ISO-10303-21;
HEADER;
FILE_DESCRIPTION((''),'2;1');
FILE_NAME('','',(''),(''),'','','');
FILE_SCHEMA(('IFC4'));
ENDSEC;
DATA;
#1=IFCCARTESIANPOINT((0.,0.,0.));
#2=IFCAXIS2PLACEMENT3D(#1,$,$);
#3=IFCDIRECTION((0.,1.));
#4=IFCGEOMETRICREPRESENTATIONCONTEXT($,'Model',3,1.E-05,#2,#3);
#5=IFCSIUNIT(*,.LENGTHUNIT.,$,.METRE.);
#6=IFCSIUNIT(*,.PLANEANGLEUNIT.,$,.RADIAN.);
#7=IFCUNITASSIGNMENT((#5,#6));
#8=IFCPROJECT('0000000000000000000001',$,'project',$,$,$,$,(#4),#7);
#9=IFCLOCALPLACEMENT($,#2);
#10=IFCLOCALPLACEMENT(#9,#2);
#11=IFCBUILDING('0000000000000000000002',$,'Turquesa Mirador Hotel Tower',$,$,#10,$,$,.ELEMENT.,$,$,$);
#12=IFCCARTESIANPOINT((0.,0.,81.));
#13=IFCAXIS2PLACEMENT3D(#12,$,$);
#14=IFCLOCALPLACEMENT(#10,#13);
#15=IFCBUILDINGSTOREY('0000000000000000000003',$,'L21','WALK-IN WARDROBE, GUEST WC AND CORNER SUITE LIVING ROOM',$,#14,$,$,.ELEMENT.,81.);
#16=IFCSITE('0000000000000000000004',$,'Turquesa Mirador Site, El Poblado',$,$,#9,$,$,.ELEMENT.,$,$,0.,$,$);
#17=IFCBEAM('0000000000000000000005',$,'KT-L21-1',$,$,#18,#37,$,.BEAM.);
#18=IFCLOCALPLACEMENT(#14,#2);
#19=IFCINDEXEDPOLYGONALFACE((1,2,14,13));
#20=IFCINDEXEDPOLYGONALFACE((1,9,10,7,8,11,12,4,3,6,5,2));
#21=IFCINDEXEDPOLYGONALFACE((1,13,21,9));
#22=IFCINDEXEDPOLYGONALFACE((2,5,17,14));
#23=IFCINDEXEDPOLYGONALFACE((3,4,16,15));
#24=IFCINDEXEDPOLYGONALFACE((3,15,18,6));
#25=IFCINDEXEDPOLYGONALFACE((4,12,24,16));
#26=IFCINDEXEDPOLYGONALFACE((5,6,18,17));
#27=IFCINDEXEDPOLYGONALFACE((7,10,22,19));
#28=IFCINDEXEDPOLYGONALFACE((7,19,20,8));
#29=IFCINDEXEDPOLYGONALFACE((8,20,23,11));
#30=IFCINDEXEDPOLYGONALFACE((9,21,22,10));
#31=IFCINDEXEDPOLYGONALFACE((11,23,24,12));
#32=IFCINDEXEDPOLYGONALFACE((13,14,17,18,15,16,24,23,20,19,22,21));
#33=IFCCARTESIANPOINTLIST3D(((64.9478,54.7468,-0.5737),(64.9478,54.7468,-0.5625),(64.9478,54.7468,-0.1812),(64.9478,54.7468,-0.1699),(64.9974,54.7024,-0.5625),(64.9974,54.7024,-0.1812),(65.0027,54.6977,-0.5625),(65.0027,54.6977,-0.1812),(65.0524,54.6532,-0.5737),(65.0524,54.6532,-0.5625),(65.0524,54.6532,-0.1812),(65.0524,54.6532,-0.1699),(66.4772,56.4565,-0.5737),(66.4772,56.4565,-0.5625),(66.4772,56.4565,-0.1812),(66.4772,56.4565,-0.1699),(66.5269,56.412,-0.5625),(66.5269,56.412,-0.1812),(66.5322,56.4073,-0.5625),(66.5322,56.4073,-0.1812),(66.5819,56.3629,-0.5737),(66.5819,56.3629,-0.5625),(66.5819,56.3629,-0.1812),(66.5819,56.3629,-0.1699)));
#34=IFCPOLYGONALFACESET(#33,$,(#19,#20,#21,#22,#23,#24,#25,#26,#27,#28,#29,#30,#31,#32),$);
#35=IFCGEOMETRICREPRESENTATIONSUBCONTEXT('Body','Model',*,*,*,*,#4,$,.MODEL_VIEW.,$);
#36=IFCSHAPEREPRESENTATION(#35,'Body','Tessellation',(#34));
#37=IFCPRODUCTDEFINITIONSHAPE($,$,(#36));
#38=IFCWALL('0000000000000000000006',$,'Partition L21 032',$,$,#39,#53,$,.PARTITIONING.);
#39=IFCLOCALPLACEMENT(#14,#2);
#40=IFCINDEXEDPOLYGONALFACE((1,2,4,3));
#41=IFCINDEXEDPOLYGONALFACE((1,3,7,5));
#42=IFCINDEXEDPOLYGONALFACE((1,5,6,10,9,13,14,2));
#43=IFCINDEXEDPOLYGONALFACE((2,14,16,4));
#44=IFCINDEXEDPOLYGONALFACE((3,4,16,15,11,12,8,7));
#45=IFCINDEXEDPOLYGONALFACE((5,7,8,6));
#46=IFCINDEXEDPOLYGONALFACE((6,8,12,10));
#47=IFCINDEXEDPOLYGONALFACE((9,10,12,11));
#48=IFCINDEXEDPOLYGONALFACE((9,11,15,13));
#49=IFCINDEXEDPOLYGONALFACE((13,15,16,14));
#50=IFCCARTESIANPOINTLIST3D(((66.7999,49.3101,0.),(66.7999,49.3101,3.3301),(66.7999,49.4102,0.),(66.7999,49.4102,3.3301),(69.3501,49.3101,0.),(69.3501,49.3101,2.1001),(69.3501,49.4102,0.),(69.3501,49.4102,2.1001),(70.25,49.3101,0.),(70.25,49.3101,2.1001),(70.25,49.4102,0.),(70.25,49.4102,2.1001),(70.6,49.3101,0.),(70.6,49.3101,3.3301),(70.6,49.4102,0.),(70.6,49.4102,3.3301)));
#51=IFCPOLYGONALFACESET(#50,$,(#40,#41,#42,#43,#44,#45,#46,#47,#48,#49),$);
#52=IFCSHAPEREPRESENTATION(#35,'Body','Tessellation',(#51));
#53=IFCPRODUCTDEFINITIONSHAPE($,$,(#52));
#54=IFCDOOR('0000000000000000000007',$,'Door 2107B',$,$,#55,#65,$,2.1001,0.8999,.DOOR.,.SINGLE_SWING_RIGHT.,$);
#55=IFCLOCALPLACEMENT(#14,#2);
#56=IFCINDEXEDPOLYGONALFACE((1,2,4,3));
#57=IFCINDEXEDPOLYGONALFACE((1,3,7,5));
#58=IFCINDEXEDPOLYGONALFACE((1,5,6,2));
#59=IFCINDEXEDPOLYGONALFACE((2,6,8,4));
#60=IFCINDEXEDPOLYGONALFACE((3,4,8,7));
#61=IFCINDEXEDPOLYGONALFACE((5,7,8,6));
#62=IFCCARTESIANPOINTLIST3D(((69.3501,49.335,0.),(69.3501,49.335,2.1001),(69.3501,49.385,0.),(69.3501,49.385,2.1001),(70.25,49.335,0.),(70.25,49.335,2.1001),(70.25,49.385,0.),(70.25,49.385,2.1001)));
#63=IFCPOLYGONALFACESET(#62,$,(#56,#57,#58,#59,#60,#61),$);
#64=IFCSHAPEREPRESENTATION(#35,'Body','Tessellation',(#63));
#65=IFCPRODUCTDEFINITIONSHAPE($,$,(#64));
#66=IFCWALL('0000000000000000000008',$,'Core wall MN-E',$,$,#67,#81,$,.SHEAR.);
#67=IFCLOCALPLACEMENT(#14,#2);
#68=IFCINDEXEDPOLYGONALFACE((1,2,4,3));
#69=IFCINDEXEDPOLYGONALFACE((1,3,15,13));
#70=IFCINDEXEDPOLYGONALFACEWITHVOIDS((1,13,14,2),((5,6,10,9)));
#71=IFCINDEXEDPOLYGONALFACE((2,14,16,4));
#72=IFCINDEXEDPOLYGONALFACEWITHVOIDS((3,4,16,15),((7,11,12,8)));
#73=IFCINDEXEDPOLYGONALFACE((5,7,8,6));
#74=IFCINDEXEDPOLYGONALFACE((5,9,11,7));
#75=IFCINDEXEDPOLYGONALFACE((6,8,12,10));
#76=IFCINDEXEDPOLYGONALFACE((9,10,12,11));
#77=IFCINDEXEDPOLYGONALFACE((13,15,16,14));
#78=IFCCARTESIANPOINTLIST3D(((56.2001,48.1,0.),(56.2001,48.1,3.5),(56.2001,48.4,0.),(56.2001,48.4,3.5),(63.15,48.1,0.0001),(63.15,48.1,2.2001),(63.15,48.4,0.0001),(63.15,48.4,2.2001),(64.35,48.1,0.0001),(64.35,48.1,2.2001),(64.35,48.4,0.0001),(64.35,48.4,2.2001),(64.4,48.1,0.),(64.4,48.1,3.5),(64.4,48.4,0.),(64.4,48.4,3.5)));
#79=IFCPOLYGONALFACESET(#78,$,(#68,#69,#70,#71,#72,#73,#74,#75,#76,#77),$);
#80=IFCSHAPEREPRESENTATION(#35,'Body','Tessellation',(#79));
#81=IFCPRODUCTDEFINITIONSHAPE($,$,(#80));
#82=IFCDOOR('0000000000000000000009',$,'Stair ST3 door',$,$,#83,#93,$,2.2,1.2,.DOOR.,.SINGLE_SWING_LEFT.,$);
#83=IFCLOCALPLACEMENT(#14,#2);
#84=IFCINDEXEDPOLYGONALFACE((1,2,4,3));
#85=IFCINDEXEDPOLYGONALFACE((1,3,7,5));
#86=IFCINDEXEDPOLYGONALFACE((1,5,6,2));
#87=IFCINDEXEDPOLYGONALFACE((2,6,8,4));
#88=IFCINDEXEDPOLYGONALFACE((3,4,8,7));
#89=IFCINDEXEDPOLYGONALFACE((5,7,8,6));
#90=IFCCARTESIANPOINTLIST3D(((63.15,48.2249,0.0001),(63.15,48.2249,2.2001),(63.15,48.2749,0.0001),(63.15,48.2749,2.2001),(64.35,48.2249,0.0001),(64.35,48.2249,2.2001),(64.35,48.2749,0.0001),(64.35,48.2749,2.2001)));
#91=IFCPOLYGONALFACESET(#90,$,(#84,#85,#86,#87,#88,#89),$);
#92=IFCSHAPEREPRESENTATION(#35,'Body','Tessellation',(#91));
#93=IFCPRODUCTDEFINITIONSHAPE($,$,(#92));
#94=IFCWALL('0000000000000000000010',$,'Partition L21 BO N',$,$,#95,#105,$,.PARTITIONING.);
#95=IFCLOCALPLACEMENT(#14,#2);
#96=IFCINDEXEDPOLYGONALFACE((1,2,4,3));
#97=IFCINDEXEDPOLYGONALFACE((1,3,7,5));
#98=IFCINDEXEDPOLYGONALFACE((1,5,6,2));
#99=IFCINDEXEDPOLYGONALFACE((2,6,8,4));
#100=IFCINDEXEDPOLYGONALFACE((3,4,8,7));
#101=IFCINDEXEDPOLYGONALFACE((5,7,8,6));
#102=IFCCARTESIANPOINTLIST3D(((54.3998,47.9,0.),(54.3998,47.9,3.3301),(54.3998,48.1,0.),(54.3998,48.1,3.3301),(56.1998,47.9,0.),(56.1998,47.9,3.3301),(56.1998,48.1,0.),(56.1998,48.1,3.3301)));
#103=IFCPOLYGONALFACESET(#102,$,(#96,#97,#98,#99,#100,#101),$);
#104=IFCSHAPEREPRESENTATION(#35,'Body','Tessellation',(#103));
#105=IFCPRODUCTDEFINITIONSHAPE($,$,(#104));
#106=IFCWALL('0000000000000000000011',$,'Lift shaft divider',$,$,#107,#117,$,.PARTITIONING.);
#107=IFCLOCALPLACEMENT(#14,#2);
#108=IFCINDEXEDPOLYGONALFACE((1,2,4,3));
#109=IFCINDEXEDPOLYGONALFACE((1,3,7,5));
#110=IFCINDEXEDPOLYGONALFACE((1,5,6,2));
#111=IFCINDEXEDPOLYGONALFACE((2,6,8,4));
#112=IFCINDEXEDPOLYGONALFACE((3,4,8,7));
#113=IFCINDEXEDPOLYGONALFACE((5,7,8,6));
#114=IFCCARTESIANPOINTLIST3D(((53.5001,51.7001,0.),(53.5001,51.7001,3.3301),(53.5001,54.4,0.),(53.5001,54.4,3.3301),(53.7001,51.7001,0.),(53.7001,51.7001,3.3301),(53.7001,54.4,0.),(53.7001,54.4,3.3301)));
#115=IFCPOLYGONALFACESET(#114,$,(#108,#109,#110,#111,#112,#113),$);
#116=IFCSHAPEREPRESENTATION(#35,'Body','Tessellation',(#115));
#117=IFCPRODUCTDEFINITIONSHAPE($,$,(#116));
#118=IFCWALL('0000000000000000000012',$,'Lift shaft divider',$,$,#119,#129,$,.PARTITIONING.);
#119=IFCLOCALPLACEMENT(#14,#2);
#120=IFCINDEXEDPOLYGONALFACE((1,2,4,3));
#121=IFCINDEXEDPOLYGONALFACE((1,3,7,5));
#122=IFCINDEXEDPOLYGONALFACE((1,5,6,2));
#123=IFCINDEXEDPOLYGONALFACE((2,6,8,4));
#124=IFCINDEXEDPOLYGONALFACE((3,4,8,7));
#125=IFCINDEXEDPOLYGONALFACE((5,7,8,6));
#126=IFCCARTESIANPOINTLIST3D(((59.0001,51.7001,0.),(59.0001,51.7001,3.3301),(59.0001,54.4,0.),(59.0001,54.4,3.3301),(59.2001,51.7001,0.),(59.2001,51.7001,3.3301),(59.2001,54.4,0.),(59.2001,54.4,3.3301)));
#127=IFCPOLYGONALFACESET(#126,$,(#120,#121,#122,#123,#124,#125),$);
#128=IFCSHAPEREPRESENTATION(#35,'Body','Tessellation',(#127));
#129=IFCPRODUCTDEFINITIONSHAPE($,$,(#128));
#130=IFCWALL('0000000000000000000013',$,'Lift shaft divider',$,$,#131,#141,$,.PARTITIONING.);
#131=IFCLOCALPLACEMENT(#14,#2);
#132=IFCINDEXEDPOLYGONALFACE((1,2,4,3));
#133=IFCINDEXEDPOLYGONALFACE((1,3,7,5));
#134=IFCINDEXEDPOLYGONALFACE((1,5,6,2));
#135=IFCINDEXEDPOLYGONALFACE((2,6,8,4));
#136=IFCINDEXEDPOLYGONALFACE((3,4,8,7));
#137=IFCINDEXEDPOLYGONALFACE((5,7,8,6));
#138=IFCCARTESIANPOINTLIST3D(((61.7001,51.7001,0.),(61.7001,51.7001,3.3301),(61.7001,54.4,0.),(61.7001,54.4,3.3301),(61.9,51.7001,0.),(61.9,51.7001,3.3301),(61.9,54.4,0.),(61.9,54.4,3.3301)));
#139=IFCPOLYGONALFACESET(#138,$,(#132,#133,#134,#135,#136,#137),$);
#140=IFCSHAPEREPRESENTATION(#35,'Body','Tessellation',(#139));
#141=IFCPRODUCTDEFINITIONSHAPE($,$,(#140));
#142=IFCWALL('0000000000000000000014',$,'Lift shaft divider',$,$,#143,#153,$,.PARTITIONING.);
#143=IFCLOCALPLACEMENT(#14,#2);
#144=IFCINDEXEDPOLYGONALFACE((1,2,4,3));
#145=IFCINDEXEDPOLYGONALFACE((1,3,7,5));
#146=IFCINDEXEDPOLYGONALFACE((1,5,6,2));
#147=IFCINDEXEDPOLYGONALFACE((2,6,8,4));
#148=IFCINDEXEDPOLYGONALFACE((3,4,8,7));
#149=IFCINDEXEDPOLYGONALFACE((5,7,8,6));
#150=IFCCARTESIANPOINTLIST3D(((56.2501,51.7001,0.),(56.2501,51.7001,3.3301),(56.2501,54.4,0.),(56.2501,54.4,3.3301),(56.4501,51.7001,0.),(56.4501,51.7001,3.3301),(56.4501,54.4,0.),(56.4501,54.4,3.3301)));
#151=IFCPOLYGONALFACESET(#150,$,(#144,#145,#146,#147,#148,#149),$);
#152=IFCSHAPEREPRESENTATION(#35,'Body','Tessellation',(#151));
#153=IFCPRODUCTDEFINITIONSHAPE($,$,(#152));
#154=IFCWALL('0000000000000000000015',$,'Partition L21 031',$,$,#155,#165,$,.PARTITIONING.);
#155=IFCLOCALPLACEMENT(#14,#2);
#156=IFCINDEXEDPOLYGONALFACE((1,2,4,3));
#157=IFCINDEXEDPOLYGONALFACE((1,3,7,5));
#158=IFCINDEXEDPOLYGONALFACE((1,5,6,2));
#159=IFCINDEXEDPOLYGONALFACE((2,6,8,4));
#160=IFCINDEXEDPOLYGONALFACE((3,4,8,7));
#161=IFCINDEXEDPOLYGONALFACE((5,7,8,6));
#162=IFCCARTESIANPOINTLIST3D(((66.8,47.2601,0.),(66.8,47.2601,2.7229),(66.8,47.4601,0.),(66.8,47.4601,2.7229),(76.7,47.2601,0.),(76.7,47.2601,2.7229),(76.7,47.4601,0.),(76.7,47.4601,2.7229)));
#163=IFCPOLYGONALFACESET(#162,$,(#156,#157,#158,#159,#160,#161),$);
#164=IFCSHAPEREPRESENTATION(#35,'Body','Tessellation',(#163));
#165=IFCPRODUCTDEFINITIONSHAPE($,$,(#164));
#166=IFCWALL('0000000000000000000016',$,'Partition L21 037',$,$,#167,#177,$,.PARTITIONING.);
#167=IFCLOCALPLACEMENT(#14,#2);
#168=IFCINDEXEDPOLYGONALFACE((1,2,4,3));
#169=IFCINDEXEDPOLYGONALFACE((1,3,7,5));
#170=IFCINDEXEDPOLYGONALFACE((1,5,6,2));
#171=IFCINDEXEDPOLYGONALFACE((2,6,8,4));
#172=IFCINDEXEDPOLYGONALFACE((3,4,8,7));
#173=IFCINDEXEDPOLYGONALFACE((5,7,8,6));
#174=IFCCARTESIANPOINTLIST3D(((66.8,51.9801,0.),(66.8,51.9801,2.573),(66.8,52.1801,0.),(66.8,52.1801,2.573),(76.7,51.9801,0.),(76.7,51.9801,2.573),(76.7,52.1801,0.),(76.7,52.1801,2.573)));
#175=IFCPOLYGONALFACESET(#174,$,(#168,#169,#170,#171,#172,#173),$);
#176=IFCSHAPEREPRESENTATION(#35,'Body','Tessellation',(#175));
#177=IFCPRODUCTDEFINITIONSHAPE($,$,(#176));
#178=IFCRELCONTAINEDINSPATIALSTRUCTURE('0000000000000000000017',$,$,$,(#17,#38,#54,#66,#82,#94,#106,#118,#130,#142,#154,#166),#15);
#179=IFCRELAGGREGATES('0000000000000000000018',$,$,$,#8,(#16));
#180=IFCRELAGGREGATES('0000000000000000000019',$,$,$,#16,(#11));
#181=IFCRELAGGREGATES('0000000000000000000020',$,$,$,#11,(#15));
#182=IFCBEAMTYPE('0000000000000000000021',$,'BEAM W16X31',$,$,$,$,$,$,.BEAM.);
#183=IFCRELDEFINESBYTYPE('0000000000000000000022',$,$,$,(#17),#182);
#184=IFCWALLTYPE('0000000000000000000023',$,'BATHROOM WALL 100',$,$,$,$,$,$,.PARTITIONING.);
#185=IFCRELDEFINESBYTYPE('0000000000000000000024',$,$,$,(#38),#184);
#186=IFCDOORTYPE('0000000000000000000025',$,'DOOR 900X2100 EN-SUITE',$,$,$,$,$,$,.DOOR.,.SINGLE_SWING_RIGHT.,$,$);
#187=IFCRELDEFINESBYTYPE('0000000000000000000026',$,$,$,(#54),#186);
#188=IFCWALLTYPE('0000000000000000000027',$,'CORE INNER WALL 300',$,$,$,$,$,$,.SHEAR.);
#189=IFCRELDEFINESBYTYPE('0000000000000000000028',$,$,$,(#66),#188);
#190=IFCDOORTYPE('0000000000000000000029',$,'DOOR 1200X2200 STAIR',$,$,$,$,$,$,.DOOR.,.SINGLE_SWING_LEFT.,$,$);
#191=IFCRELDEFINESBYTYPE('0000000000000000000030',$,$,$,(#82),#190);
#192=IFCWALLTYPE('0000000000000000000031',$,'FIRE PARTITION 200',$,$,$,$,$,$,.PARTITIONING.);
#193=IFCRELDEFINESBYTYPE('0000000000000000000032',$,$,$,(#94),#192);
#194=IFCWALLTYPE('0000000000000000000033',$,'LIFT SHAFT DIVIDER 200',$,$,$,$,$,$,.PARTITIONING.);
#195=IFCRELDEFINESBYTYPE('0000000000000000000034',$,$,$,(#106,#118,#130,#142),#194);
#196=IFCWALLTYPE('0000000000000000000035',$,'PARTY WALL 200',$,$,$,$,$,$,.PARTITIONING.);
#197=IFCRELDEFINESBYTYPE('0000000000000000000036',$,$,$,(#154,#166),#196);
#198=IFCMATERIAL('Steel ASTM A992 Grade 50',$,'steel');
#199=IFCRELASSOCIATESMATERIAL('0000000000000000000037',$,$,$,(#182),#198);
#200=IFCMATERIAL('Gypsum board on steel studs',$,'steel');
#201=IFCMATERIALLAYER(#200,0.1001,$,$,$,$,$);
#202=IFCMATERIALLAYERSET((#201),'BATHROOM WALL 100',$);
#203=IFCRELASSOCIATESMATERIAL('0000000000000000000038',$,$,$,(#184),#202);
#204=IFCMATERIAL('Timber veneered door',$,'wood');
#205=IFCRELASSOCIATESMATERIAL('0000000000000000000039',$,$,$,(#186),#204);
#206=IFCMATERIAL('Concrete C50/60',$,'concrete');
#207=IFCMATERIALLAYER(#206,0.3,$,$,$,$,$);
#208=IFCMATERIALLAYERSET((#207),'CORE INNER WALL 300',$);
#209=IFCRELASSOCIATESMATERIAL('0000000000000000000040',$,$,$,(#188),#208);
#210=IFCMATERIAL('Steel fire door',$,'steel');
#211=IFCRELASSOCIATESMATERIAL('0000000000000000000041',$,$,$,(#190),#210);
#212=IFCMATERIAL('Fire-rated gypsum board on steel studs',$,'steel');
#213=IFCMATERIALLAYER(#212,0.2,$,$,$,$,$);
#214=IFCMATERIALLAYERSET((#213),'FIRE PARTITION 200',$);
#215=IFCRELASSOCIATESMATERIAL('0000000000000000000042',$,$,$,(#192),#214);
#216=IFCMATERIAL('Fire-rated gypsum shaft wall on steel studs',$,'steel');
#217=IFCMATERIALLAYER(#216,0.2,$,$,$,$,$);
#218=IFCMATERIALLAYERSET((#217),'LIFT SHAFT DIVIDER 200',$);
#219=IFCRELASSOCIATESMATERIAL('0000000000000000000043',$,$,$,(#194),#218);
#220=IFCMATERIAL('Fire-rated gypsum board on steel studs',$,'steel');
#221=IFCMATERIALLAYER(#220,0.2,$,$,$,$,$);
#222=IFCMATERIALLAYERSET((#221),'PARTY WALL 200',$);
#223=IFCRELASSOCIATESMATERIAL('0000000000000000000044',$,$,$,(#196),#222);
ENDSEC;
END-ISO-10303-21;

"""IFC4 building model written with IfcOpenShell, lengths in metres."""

from ifc_helpers import new_model, si_unit, direction, frame, frame_2d, origin, origin_2d, place, context, subcontext, project, spatial, rectangle, i_section, extrude, material, layer, layer_set, material_profile, profile_set, type_object, element, fill, save


model = new_model("IFC4")

# Units and contexts
model_context = context("Model", 3, precision=1e-05, world=origin(), true_north=direction((0.0, 1.0)))
body_context = subcontext(model_context, "Body", "Model", "MODEL_VIEW")
ifc_project = project(units=[si_unit("LENGTHUNIT", "METRE"), si_unit("PLANEANGLEUNIT", "RADIAN")], contexts=[model_context])

# Site, building, storey
site_placement = place(None, origin())
site = spatial("IfcSite", under=ifc_project, at=site_placement, Name="Turquesa Mirador Site, El Poblado", CompositionType="ELEMENT", RefElevation=0.0)
building_placement = place(site_placement, origin())
building = spatial("IfcBuilding", under=site, at=building_placement, Name="Turquesa Mirador Hotel Tower", CompositionType="ELEMENT")
storey_placement = place(building_placement, frame((0.0, 0.0, 81.0)))
storey = spatial("IfcBuildingStorey", under=building, at=storey_placement, Name="L21", Description="WALK-IN WARDROBE, GUEST WC AND CORNER SUITE LIVING ROOM", CompositionType="ELEMENT", Elevation=81.0)

# Beam
ifc_material_1 = material(Name="Steel ASTM A992 Grade 50", Category="steel")
ifc_material_profile = material_profile(ifc_material_1, i_section(OverallWidth=0.1404, OverallDepth=0.4038, WebThickness=0.0071, FlangeThickness=0.0112, at=origin_2d()), Name="W16X31")
ifc_profile_set = profile_set([ifc_material_profile], Name="Steel ASTM A992 Grade 50")
beam_type = type_object("IfcBeamType", Name="BEAM W16X31", PredefinedType="BEAM", material=ifc_profile_set)
beam_placement = place(storey_placement, frame((66.5295, 56.4097, -0.3718), z_axis=(-0.666745, -0.745286, 0.0), x_axis=(0.745286, -0.666745, 0.0)))
element("IfcBeam", 1, at=beam_placement, inside=storey, type_object=beam_type, Name="KT-L21-1", PredefinedType="BEAM", context=body_context, shape_type="SweptSolid", body=[
    extrude(i_section(OverallWidth=0.1404, OverallDepth=0.4038, WebThickness=0.0071, FlangeThickness=0.0112, at=origin_2d()), origin(), (0.0, 0.0, 1.0), 2.2939),
])

# Walls, openings, doors
ifc_material_2 = material(Name="Gypsum board on steel studs", Category="steel")
ifc_layer_1 = layer(ifc_material_2, 0.1001)
ifc_layer_set_1 = layer_set([ifc_layer_1], Name="BATHROOM WALL 100")
wall_type_1 = type_object("IfcWallType", Name="BATHROOM WALL 100", PredefinedType="PARTITIONING", material=ifc_layer_set_1)
wall_1_placement = place(storey_placement, frame((66.8, 49.3601, 0.0), z_axis=(0.0, 0.0, 1.0), x_axis=(1.0, 0.0, 0.0)))
wall_1 = element("IfcWall", 2, at=wall_1_placement, inside=storey, type_object=wall_type_1, Name="Partition L21 032", PredefinedType="PARTITIONING", context=body_context, shape_type="SweptSolid", body=[
    extrude(rectangle(XDim=3.8, YDim=0.1001, at=frame_2d((1.8999, 0.0))), origin(), (0.0, 0.0, 1.0), 3.3301),
])
opening_1_placement = place(wall_1_placement, frame((2.55, 0.0, 0.0)))
opening_1 = element("IfcOpeningElement", 3, at=opening_1_placement, cuts=wall_1, PredefinedType="OPENING", context=body_context, shape_type="SweptSolid", body=[
    extrude(rectangle(XDim=0.8999, YDim=2.1001, at=frame_2d((0.45, 1.05))), frame((0.0, 0.0601, 0.0), z_axis=(0.0, -1.0, 0.0), x_axis=(1.0, 0.0, 0.0)), (0.0, 0.0, 1.0), 0.1201),
])
ifc_material_3 = material(Name="Timber veneered door", Category="wood")
door_type_1 = type_object("IfcDoorType", Name="DOOR 900X2100 EN-SUITE", OperationType="SINGLE_SWING_RIGHT", PredefinedType="DOOR", material=ifc_material_3)
door_1_placement = place(opening_1_placement, origin())
door_1 = element("IfcDoor", 4, at=door_1_placement, inside=storey, type_object=door_type_1, Name="Door 2107B", OperationType="SINGLE_SWING_RIGHT", OverallHeight=2.1001, OverallWidth=0.8999, PredefinedType="DOOR", context=body_context, shape_type="SweptSolid", body=[
    extrude(rectangle(XDim=0.8999, YDim=2.1001, at=frame_2d((0.45, 1.05))), frame((0.0, 0.0249, 0.0), z_axis=(0.0, -1.0, 0.0), x_axis=(1.0, 0.0, 0.0)), (0.0, 0.0, 1.0), 0.05),
])
fill(opening_1, door_1)
ifc_material_4 = material(Name="Concrete C50/60", Category="concrete")
ifc_layer_2 = layer(ifc_material_4, 0.3)
ifc_layer_set_2 = layer_set([ifc_layer_2], Name="CORE INNER WALL 300")
wall_type_2 = type_object("IfcWallType", Name="CORE INNER WALL 300", PredefinedType="SHEAR", material=ifc_layer_set_2)
wall_2_placement = place(storey_placement, frame((56.2, 48.25, 0.0), z_axis=(0.0, 0.0, 1.0), x_axis=(1.0, 0.0, 0.0)))
wall_2 = element("IfcWall", 5, at=wall_2_placement, inside=storey, type_object=wall_type_2, Name="Core wall MN-E", PredefinedType="SHEAR", context=body_context, shape_type="SweptSolid", body=[
    extrude(rectangle(XDim=8.2, YDim=0.3, at=frame_2d((4.1001, 0.0))), origin(), (0.0, 0.0, 1.0), 3.5),
])
opening_2_placement = place(wall_2_placement, frame((6.95, 0.0, 0.0)))
opening_2 = element("IfcOpeningElement", 6, at=opening_2_placement, cuts=wall_2, PredefinedType="OPENING", context=body_context, shape_type="SweptSolid", body=[
    extrude(rectangle(XDim=1.2, YDim=2.2, at=frame_2d((0.6001, 1.1001))), frame((0.0, 0.1599, 0.0), z_axis=(0.0, -1.0, 0.0), x_axis=(1.0, 0.0, 0.0)), (0.0, 0.0, 1.0), 0.3201),
])
ifc_material_5 = material(Name="Steel fire door", Category="steel")
door_type_2 = type_object("IfcDoorType", Name="DOOR 1200X2200 STAIR", OperationType="SINGLE_SWING_LEFT", PredefinedType="DOOR", material=ifc_material_5)
door_2_placement = place(opening_2_placement, origin())
door_2 = element("IfcDoor", 7, at=door_2_placement, inside=storey, type_object=door_type_2, Name="Stair ST3 door", OperationType="SINGLE_SWING_LEFT", OverallHeight=2.2, OverallWidth=1.2, PredefinedType="DOOR", context=body_context, shape_type="SweptSolid", body=[
    extrude(rectangle(XDim=1.2, YDim=2.2, at=frame_2d((0.6001, 1.1001))), frame((0.0, 0.0249, 0.0), z_axis=(0.0, -1.0, 0.0), x_axis=(1.0, 0.0, 0.0)), (0.0, 0.0, 1.0), 0.05),
])
fill(opening_2, door_2)

# Walls
ifc_material_6 = material(Name="Fire-rated gypsum board on steel studs", Category="steel")
ifc_layer_3 = layer(ifc_material_6, 0.2)
ifc_layer_set_3 = layer_set([ifc_layer_3], Name="FIRE PARTITION 200")
wall_type_3 = type_object("IfcWallType", Name="FIRE PARTITION 200", PredefinedType="PARTITIONING", material=ifc_layer_set_3)
wall_3_placement = place(storey_placement, frame((54.3999, 48.0, 0.0), z_axis=(0.0, 0.0, 1.0), x_axis=(1.0, 0.0, 0.0)))
element("IfcWall", 8, at=wall_3_placement, inside=storey, type_object=wall_type_3, Name="Partition L21 BO N", PredefinedType="PARTITIONING", context=body_context, shape_type="SweptSolid", body=[
    extrude(rectangle(XDim=1.8, YDim=0.2, at=frame_2d((0.8999, 0.0))), origin(), (0.0, 0.0, 1.0), 3.3301),
])
ifc_material_7 = material(Name="Fire-rated gypsum shaft wall on steel studs", Category="steel")
ifc_layer_4 = layer(ifc_material_7, 0.2)
ifc_layer_set_4 = layer_set([ifc_layer_4], Name="LIFT SHAFT DIVIDER 200")
wall_type_4 = type_object("IfcWallType", Name="LIFT SHAFT DIVIDER 200", PredefinedType="PARTITIONING", material=ifc_layer_set_4)
for number, where, z_axis, x_axis, name in (
    (9, (53.6001, 51.7, 0.0), (0.0, 0.0, 1.0), (0.0, 1.0, 0.0), "Lift shaft divider"),
    (10, (59.1001, 51.7, 0.0), (0.0, 0.0, 1.0), (0.0, 1.0, 0.0), "Lift shaft divider"),
    (11, (61.8, 51.7, 0.0), (0.0, 0.0, 1.0), (0.0, 1.0, 0.0), "Lift shaft divider"),
    (12, (56.3501, 51.7, 0.0), (0.0, 0.0, 1.0), (0.0, 1.0, 0.0), "Lift shaft divider"),
):
    element("IfcWall", number, at=place(storey_placement, frame(where, z_axis=z_axis, x_axis=x_axis)), inside=storey, type_object=wall_type_4, Name=name, PredefinedType="PARTITIONING", context=body_context, shape_type="SweptSolid", body=[
        extrude(rectangle(XDim=2.7, YDim=0.2, at=frame_2d((1.3501, 0.0))), origin(), (0.0, 0.0, 1.0), 3.3301),
    ])
ifc_material_8 = material(Name="Fire-rated gypsum board on steel studs", Category="steel")
ifc_layer_5 = layer(ifc_material_8, 0.2)
ifc_layer_set_5 = layer_set([ifc_layer_5], Name="PARTY WALL 200")
wall_type_5 = type_object("IfcWallType", Name="PARTY WALL 200", PredefinedType="PARTITIONING", material=ifc_layer_set_5)
wall_4_placement = place(storey_placement, frame((66.8, 47.3601, 0.0), z_axis=(0.0, 0.0, 1.0), x_axis=(1.0, 0.0, 0.0)))
element("IfcWall", 13, at=wall_4_placement, inside=storey, type_object=wall_type_5, Name="Partition L21 031", PredefinedType="PARTITIONING", context=body_context, shape_type="SweptSolid", body=[
    extrude(rectangle(XDim=9.8999, YDim=0.2, at=frame_2d((4.95, 0.0))), origin(), (0.0, 0.0, 1.0), 2.7229),
])
wall_5_placement = place(storey_placement, frame((66.8, 52.0801, 0.0), z_axis=(0.0, 0.0, 1.0), x_axis=(1.0, 0.0, 0.0)))
element("IfcWall", 14, at=wall_5_placement, inside=storey, type_object=wall_type_5, Name="Partition L21 037", PredefinedType="PARTITIONING", context=body_context, shape_type="SweptSolid", body=[
    extrude(rectangle(XDim=9.8999, YDim=0.2, at=frame_2d((4.95, 0.0))), origin(), (0.0, 0.0, 1.0), 2.573),
])

save(model, "model.ifc")
